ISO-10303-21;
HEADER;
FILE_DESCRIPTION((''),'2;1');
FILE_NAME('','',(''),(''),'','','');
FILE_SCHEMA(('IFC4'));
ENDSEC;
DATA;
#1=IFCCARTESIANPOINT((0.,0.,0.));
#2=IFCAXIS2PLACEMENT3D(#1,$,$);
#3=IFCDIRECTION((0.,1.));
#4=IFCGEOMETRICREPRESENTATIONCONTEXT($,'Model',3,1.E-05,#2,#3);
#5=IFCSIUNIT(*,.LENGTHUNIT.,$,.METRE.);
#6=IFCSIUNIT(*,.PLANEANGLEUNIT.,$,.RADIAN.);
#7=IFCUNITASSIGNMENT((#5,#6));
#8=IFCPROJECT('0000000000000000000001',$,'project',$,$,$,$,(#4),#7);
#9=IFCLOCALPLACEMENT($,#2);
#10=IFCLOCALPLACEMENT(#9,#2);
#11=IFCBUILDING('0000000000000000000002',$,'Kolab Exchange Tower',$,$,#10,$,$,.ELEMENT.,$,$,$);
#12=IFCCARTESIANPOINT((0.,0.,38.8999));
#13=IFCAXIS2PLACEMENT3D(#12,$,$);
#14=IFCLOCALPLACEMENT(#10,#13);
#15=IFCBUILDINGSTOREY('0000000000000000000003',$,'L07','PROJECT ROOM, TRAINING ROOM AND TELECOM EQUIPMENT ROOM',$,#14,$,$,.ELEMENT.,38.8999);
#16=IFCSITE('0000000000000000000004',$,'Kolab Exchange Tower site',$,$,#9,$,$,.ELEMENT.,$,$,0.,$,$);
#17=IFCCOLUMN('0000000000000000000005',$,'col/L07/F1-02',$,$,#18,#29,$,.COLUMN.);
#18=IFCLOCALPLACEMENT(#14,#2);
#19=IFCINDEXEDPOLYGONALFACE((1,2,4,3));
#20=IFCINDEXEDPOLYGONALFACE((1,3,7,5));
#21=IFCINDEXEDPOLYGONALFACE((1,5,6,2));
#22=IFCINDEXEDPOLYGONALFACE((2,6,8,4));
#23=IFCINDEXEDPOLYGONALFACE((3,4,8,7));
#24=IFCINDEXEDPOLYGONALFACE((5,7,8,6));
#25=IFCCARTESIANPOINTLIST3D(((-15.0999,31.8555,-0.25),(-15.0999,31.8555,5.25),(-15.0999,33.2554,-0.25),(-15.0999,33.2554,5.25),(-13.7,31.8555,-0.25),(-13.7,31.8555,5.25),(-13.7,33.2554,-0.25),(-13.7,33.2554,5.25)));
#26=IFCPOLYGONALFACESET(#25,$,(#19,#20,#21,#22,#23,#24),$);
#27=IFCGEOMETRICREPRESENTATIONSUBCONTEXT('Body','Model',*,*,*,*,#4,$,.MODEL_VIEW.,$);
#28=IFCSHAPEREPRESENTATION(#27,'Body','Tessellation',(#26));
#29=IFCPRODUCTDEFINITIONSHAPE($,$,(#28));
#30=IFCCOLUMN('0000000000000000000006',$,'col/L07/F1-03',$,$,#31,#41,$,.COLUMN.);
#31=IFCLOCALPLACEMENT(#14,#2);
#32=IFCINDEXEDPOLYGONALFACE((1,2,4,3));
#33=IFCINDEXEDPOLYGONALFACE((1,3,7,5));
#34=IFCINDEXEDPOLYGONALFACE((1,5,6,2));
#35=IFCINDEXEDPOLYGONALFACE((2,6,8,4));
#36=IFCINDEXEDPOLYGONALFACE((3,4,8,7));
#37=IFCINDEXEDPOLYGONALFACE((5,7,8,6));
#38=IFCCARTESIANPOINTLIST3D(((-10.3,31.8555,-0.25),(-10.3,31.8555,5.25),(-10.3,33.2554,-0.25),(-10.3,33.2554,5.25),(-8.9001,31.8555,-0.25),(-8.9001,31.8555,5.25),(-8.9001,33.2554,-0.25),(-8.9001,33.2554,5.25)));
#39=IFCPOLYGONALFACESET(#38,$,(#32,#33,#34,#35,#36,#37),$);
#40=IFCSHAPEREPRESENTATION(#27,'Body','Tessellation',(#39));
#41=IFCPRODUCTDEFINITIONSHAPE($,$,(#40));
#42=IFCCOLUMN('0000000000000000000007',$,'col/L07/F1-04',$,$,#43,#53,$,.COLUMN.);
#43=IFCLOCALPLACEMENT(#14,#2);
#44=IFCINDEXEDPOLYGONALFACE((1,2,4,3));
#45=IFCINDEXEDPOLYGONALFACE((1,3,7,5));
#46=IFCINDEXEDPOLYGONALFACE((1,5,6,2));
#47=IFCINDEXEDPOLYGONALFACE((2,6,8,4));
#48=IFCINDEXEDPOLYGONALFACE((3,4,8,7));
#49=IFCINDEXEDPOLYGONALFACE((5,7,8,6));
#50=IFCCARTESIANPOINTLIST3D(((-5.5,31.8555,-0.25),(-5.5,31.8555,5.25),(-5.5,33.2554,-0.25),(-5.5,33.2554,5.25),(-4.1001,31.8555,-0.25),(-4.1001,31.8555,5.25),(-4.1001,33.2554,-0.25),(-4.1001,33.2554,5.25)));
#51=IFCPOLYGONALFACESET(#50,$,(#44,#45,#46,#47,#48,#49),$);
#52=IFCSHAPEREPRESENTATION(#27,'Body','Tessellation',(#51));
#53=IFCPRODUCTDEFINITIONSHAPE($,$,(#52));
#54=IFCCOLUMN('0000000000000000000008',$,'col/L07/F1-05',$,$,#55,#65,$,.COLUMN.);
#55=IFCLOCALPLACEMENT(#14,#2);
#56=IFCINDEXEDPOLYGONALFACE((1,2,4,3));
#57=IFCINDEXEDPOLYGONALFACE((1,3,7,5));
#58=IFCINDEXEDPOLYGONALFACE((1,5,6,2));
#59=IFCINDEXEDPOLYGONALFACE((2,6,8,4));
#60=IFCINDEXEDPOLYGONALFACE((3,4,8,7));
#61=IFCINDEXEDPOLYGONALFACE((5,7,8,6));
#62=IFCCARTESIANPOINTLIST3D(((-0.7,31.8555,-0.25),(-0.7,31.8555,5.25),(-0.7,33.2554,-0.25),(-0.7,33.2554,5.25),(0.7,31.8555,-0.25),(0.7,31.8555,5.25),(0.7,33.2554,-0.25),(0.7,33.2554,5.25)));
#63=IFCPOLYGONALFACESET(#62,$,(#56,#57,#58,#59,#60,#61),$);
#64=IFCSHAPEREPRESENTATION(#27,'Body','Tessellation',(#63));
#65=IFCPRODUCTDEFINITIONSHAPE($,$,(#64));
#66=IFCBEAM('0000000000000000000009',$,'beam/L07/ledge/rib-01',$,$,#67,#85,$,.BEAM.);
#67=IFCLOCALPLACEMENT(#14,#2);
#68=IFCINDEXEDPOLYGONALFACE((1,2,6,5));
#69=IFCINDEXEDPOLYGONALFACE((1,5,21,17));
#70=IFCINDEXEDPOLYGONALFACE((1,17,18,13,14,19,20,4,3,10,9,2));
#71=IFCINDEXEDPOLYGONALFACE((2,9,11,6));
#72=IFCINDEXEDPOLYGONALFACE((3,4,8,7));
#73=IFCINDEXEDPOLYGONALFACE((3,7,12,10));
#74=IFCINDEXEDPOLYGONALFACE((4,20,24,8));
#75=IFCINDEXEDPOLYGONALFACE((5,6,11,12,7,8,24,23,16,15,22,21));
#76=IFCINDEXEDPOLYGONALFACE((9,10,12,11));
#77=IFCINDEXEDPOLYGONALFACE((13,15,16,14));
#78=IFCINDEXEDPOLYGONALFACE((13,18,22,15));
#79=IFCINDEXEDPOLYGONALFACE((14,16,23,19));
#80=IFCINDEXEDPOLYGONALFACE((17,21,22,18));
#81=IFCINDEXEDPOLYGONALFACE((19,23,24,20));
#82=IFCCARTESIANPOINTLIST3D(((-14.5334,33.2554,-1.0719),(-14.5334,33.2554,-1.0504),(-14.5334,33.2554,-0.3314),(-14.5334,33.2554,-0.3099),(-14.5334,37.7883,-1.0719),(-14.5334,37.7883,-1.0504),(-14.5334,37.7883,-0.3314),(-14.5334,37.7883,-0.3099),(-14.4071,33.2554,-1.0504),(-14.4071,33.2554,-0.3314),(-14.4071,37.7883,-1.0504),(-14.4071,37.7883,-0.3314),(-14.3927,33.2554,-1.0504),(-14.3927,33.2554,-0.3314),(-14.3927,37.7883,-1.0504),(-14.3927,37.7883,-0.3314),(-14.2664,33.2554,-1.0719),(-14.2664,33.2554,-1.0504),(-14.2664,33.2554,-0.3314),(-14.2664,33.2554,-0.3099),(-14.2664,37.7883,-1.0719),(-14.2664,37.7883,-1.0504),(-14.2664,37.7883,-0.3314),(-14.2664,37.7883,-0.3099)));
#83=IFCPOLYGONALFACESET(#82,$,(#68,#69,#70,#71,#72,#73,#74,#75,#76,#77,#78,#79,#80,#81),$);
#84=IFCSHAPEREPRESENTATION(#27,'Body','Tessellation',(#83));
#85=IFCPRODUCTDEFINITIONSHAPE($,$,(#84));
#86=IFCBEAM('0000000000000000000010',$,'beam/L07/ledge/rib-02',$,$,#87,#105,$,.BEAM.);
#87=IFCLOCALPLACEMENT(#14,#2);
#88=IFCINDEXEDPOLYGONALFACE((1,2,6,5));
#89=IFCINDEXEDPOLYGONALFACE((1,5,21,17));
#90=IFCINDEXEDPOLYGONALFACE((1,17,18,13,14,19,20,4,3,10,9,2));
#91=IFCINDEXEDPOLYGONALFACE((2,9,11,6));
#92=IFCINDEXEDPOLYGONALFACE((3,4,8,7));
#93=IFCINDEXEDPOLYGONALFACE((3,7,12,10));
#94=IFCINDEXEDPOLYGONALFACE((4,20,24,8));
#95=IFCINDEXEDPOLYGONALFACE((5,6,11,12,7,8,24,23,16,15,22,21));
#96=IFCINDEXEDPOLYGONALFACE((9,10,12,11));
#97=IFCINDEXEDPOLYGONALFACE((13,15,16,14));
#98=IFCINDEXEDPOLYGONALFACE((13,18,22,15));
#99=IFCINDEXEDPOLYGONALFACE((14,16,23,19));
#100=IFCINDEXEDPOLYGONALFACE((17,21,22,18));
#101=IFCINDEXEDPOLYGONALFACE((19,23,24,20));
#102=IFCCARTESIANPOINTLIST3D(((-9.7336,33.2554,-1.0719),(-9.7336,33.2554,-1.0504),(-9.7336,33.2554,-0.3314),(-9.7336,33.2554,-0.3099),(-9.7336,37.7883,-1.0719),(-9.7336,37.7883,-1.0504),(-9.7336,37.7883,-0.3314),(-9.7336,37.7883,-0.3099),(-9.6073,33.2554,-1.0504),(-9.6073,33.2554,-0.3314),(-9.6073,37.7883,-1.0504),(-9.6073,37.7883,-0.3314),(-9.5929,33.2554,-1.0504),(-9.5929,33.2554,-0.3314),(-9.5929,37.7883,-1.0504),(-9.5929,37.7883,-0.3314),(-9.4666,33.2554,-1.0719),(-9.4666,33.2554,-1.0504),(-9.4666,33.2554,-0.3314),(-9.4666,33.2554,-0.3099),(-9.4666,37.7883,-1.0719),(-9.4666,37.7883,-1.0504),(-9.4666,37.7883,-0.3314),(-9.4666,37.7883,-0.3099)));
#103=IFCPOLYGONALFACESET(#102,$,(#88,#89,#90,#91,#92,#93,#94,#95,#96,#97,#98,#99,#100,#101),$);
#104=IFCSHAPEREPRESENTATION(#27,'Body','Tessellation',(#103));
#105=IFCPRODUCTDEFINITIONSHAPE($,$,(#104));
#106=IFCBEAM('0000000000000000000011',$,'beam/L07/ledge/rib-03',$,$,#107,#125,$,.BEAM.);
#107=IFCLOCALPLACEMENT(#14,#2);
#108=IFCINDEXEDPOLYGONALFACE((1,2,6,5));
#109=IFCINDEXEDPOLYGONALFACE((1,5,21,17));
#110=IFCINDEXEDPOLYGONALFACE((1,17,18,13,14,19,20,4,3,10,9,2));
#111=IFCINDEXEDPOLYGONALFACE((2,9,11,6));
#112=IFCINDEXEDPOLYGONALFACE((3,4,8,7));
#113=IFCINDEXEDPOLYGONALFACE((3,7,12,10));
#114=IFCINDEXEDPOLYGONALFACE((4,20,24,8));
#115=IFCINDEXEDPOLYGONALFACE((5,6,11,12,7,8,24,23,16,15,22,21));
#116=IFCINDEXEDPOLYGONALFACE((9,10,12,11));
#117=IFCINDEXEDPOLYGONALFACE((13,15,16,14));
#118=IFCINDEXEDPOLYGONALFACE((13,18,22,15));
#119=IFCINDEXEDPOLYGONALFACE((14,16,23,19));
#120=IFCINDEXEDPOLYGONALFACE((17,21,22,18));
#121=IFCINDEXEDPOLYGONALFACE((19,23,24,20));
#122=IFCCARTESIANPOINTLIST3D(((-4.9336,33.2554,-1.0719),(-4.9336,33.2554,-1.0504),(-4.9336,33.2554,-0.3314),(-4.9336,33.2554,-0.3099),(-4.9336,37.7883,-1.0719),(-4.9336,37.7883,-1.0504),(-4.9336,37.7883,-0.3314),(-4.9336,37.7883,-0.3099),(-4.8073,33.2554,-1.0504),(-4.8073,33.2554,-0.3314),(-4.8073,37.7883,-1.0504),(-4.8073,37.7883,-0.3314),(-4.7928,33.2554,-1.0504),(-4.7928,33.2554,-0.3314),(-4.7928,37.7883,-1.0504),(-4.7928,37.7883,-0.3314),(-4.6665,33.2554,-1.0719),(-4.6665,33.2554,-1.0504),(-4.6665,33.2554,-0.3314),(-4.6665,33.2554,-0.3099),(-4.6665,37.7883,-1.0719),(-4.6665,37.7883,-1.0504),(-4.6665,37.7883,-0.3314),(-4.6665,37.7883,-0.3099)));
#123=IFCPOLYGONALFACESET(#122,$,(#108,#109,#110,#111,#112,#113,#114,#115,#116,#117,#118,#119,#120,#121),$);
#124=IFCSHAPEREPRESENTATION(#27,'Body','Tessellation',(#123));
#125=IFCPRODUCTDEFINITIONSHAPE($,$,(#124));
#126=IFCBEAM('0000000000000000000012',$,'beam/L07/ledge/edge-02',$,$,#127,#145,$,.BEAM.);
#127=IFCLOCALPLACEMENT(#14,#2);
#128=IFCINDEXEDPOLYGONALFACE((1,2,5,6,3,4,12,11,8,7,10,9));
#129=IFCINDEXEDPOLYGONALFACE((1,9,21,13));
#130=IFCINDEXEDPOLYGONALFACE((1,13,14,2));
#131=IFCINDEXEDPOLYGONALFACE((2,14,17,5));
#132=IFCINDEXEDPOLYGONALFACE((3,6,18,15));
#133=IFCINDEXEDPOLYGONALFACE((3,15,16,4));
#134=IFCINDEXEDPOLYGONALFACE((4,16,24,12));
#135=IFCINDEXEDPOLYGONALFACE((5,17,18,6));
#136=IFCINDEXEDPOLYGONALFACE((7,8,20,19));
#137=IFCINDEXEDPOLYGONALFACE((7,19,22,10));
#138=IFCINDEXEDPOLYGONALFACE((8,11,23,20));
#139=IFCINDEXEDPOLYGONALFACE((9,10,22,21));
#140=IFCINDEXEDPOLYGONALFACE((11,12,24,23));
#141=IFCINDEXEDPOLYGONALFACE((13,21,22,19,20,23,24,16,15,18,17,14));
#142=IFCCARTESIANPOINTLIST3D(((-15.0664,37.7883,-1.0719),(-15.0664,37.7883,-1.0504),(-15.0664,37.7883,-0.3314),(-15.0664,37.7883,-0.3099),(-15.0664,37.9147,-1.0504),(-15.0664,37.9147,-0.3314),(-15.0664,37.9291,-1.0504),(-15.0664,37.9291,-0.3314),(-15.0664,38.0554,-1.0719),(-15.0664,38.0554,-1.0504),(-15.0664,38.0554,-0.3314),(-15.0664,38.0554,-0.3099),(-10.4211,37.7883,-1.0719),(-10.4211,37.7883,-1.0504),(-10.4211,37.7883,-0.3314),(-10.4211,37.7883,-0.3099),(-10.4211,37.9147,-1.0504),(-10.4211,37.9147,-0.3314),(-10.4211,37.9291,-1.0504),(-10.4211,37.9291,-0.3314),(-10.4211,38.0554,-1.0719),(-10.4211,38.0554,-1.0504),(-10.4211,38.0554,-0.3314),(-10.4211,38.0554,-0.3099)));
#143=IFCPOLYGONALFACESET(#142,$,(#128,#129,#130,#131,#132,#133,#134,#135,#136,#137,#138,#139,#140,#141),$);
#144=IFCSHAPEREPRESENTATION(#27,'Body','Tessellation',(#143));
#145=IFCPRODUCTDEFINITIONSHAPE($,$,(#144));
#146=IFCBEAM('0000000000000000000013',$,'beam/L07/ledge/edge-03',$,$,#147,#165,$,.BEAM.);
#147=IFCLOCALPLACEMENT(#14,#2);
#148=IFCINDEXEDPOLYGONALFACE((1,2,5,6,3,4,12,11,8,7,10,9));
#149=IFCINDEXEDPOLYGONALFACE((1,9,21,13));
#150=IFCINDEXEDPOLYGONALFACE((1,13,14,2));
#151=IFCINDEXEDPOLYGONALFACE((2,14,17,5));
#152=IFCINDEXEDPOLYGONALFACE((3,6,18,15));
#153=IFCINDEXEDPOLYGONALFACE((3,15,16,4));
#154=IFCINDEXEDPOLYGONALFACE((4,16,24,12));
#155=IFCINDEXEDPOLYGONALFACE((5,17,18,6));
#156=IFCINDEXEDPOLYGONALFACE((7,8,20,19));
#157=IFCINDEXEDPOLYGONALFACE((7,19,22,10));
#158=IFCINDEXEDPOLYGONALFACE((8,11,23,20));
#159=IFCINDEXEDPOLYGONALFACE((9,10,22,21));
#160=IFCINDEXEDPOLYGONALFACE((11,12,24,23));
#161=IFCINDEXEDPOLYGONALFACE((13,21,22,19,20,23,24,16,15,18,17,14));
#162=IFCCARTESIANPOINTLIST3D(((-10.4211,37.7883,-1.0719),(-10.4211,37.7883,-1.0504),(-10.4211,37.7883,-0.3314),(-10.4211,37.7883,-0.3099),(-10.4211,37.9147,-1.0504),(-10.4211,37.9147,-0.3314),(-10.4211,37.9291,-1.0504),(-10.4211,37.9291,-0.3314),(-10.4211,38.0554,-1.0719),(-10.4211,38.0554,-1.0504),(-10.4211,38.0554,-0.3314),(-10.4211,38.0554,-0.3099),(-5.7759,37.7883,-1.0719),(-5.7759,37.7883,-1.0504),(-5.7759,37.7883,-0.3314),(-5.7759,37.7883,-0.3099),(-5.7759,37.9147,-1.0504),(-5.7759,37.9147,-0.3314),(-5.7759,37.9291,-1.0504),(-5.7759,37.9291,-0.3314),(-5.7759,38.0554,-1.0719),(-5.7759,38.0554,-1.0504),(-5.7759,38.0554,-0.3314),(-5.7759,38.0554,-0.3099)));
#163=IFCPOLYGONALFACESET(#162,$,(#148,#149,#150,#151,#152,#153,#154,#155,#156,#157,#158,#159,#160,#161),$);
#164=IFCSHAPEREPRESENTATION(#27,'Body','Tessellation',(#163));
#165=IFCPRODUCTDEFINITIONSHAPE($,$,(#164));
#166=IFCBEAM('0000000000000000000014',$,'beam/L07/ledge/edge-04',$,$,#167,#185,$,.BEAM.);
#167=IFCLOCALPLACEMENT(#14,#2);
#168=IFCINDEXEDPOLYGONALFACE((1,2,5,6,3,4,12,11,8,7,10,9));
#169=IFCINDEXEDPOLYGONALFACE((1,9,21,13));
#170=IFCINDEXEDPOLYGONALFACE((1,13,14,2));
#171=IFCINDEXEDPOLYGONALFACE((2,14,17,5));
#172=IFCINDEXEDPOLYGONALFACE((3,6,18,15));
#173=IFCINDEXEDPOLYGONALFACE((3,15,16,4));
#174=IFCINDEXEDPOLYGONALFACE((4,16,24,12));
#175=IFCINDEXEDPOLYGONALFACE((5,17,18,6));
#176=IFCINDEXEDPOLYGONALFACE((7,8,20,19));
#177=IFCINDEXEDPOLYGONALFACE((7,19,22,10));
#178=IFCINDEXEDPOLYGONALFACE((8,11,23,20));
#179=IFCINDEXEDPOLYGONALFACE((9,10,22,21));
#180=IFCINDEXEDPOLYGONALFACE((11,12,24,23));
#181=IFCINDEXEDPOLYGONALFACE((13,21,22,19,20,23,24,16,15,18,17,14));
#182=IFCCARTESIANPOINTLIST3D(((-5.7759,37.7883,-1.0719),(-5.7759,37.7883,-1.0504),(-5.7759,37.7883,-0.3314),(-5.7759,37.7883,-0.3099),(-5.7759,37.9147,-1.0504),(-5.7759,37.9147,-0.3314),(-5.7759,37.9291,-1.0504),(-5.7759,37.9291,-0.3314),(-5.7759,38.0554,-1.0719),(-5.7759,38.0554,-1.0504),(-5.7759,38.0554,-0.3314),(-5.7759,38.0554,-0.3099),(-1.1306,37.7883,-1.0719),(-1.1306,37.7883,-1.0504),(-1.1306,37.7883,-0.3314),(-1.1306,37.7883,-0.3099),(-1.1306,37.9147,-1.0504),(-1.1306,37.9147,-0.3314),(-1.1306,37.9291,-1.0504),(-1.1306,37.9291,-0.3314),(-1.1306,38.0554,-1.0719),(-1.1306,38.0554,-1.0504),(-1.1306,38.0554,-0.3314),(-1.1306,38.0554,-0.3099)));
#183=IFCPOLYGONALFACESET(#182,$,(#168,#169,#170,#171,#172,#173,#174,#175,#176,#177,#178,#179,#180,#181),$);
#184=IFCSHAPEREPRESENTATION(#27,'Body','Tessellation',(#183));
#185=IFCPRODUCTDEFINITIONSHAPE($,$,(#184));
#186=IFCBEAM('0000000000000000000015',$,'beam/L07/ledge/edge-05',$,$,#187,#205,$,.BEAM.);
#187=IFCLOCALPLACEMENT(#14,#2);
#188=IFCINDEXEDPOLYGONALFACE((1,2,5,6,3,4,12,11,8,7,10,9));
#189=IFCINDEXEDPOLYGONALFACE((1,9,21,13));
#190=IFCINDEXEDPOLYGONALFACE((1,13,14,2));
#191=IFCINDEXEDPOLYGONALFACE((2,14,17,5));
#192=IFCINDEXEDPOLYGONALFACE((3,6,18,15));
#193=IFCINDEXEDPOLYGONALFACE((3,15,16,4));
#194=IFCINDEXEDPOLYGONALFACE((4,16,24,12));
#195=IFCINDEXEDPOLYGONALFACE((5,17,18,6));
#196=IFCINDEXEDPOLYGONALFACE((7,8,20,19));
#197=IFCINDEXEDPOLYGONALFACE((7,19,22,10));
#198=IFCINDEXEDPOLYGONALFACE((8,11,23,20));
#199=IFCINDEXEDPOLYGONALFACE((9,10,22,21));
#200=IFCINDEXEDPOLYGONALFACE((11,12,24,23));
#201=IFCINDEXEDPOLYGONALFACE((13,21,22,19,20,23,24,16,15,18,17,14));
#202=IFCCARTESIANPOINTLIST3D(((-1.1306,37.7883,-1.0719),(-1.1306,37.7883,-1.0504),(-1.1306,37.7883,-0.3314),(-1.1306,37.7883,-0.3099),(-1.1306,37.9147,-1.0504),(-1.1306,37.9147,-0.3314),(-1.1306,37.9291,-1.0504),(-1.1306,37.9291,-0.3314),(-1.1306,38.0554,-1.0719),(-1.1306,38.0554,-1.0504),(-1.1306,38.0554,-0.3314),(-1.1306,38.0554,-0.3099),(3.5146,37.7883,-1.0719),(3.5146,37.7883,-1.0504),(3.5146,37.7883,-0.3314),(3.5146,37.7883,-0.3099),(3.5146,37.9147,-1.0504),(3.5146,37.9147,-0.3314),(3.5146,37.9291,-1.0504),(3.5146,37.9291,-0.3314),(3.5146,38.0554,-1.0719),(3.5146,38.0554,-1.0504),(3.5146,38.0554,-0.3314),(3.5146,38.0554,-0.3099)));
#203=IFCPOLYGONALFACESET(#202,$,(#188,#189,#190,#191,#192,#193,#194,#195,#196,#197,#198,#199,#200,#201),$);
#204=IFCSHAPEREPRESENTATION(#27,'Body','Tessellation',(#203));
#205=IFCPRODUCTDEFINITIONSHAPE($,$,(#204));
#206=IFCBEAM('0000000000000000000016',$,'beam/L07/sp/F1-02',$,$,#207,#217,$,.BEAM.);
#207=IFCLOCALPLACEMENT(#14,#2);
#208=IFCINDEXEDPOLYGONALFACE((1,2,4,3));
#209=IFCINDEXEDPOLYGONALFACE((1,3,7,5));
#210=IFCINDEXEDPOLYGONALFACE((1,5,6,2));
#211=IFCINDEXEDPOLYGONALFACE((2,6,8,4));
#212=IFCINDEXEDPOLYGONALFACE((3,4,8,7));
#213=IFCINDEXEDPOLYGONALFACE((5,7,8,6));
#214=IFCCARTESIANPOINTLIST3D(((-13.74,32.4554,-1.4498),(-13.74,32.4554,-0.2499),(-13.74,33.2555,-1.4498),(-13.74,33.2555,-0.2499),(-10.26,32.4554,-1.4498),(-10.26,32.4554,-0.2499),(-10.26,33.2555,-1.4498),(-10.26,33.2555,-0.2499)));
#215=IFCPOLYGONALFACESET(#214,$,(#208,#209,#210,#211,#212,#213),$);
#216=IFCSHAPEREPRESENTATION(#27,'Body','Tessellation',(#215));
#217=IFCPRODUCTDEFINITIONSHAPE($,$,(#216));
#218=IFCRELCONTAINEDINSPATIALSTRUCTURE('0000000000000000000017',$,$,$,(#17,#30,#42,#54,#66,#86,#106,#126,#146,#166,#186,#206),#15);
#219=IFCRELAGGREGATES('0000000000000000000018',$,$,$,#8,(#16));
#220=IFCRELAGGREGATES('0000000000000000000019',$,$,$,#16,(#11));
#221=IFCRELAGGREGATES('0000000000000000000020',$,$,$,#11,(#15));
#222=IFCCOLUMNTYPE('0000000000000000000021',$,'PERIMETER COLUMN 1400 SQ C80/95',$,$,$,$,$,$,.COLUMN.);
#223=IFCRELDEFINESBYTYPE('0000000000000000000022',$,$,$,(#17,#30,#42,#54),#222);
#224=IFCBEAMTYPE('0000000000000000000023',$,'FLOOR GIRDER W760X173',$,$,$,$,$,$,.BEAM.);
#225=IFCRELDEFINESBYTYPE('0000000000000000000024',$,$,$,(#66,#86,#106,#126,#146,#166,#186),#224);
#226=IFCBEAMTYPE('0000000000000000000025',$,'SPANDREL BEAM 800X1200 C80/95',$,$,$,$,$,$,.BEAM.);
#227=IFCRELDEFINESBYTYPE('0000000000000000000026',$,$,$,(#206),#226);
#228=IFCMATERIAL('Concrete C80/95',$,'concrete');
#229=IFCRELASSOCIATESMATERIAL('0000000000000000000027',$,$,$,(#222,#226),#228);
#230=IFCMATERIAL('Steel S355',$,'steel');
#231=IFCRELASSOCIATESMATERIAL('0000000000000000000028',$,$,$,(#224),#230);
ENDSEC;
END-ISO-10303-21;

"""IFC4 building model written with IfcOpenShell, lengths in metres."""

from ifc_helpers import new_model, si_unit, direction, frame, origin, origin_2d, place, context, subcontext, project, spatial, rectangle, i_section, extrude, material, material_profile, profile_set, type_object, element, save


model = new_model("IFC4")

# Units and contexts
model_context = context("Model", 3, precision=1e-05, world=origin(), true_north=direction((0.0, 1.0)))
body_context = subcontext(model_context, "Body", "Model", "MODEL_VIEW")
ifc_project = project(units=[si_unit("LENGTHUNIT", "METRE"), si_unit("PLANEANGLEUNIT", "RADIAN")], contexts=[model_context])

# Site, building, storey
site_placement = place(None, origin())
site = spatial("IfcSite", under=ifc_project, at=site_placement, Name="Kolab Exchange Tower site", CompositionType="ELEMENT", RefElevation=0.0)
building_placement = place(site_placement, origin())
building = spatial("IfcBuilding", under=site, at=building_placement, Name="Kolab Exchange Tower", CompositionType="ELEMENT")
storey_placement = place(building_placement, frame((0.0, 0.0, 38.8999)))
storey = spatial("IfcBuildingStorey", under=building, at=storey_placement, Name="L07", Description="PROJECT ROOM, TRAINING ROOM AND TELECOM EQUIPMENT ROOM", CompositionType="ELEMENT", Elevation=38.8999)

# Columns
ifc_material_1 = material(Name="Concrete C80/95", Category="concrete")
ifc_material_profile_1 = material_profile(ifc_material_1, rectangle(XDim=1.3999, YDim=1.3999, at=origin_2d()), Name="RC1400")
ifc_profile_set_1 = profile_set([ifc_material_profile_1], Name="Concrete C80/95")
column_type = type_object("IfcColumnType", Name="PERIMETER COLUMN 1400 SQ C80/95", PredefinedType="COLUMN", material=ifc_profile_set_1)
for number, where, z_axis, x_axis, name in (
    (1, (-14.3999, 32.5554, -0.25), (0.0, 0.0, 1.0), (1.0, 0.0, 0.0), "col/L07/F1-02"),
    (2, (-9.6001, 32.5554, -0.25), (0.0, 0.0, 1.0), (1.0, 0.0, 0.0), "col/L07/F1-03"),
    (3, (-4.8, 32.5554, -0.25), (0.0, 0.0, 1.0), (1.0, 0.0, 0.0), "col/L07/F1-04"),
    (4, (0.0, 32.5554, -0.25), (0.0, 0.0, 1.0), (1.0, 0.0, 0.0), "col/L07/F1-05"),
):
    element("IfcColumn", number, at=place(storey_placement, frame(where, z_axis=z_axis, x_axis=x_axis)), inside=storey, type_object=column_type, Name=name, PredefinedType="COLUMN", context=body_context, shape_type="SweptSolid", body=[
        extrude(rectangle(XDim=1.3999, YDim=1.3999, at=origin_2d()), origin(), (0.0, 0.0, 1.0), 5.5),
    ])

# Beams
ifc_material_2 = material(Name="Steel S355", Category="steel")
ifc_material_profile_2 = material_profile(ifc_material_2, i_section(OverallWidth=0.2671, OverallDepth=0.762, WebThickness=0.0144, FlangeThickness=0.0215, at=origin_2d()), Name="W760X173")
ifc_profile_set_2 = profile_set([ifc_material_profile_2], Name="Steel S355")
beam_type_1 = type_object("IfcBeamType", Name="FLOOR GIRDER W760X173", PredefinedType="BEAM", material=ifc_profile_set_2)
for number, where, z_axis, x_axis, name in (
    (5, (-14.3999, 33.2554, -0.6909), (0.0, 1.0, 0.0), (-1.0, 0.0, 0.0), "beam/L07/ledge/rib-01"),
    (6, (-9.6001, 33.2554, -0.6909), (0.0, 1.0, 0.0), (-1.0, 0.0, 0.0), "beam/L07/ledge/rib-02"),
    (7, (-4.8, 33.2554, -0.6909), (0.0, 1.0, 0.0), (-1.0, 0.0, 0.0), "beam/L07/ledge/rib-03"),
):
    element("IfcBeam", number, at=place(storey_placement, frame(where, z_axis=z_axis, x_axis=x_axis)), inside=storey, type_object=beam_type_1, Name=name, PredefinedType="BEAM", context=body_context, shape_type="SweptSolid", body=[
        extrude(i_section(OverallWidth=0.2671, OverallDepth=0.762, WebThickness=0.0144, FlangeThickness=0.0215, at=origin_2d()), origin(), (0.0, 0.0, 1.0), 4.533),
    ])
for number, where, z_axis, x_axis, name in (
    (8, (-15.0664, 37.9219, -0.6909), (1.0, 0.0, 0.0), (0.0, 1.0, 0.0), "beam/L07/ledge/edge-02"),
    (9, (-10.4211, 37.9219, -0.6909), (1.0, 0.0, 0.0), (0.0, 1.0, 0.0), "beam/L07/ledge/edge-03"),
    (10, (-5.7759, 37.9219, -0.6909), (1.0, 0.0, 0.0), (0.0, 1.0, 0.0), "beam/L07/ledge/edge-04"),
    (11, (-1.1306, 37.9219, -0.6909), (1.0, 0.0, 0.0), (0.0, 1.0, 0.0), "beam/L07/ledge/edge-05"),
):
    element("IfcBeam", number, at=place(storey_placement, frame(where, z_axis=z_axis, x_axis=x_axis)), inside=storey, type_object=beam_type_1, Name=name, PredefinedType="BEAM", context=body_context, shape_type="SweptSolid", body=[
        extrude(i_section(OverallWidth=0.2671, OverallDepth=0.762, WebThickness=0.0144, FlangeThickness=0.0215, at=origin_2d()), origin(), (0.0, 0.0, 1.0), 4.6453),
    ])
ifc_material_profile_3 = material_profile(ifc_material_1, rectangle(XDim=0.8, YDim=1.2, at=origin_2d()), Name="RC800X1200")
ifc_profile_set_3 = profile_set([ifc_material_profile_3], Name="Concrete C80/95")
beam_type_2 = type_object("IfcBeamType", Name="SPANDREL BEAM 800X1200 C80/95", PredefinedType="BEAM", material=ifc_profile_set_3)
for number, where, z_axis, x_axis, name in (
    (12, (-13.74, 32.8555, -0.8499), (1.0, 0.0, 0.0), (0.0, 1.0, 0.0), "beam/L07/sp/F1-02"),
):
    element("IfcBeam", number, at=place(storey_placement, frame(where, z_axis=z_axis, x_axis=x_axis)), inside=storey, type_object=beam_type_2, Name=name, PredefinedType="BEAM", context=body_context, shape_type="SweptSolid", body=[
        extrude(rectangle(XDim=0.8, YDim=1.2, at=origin_2d()), origin(), (0.0, 0.0, 1.0), 3.48),
    ])

save(model, "model.ifc")
